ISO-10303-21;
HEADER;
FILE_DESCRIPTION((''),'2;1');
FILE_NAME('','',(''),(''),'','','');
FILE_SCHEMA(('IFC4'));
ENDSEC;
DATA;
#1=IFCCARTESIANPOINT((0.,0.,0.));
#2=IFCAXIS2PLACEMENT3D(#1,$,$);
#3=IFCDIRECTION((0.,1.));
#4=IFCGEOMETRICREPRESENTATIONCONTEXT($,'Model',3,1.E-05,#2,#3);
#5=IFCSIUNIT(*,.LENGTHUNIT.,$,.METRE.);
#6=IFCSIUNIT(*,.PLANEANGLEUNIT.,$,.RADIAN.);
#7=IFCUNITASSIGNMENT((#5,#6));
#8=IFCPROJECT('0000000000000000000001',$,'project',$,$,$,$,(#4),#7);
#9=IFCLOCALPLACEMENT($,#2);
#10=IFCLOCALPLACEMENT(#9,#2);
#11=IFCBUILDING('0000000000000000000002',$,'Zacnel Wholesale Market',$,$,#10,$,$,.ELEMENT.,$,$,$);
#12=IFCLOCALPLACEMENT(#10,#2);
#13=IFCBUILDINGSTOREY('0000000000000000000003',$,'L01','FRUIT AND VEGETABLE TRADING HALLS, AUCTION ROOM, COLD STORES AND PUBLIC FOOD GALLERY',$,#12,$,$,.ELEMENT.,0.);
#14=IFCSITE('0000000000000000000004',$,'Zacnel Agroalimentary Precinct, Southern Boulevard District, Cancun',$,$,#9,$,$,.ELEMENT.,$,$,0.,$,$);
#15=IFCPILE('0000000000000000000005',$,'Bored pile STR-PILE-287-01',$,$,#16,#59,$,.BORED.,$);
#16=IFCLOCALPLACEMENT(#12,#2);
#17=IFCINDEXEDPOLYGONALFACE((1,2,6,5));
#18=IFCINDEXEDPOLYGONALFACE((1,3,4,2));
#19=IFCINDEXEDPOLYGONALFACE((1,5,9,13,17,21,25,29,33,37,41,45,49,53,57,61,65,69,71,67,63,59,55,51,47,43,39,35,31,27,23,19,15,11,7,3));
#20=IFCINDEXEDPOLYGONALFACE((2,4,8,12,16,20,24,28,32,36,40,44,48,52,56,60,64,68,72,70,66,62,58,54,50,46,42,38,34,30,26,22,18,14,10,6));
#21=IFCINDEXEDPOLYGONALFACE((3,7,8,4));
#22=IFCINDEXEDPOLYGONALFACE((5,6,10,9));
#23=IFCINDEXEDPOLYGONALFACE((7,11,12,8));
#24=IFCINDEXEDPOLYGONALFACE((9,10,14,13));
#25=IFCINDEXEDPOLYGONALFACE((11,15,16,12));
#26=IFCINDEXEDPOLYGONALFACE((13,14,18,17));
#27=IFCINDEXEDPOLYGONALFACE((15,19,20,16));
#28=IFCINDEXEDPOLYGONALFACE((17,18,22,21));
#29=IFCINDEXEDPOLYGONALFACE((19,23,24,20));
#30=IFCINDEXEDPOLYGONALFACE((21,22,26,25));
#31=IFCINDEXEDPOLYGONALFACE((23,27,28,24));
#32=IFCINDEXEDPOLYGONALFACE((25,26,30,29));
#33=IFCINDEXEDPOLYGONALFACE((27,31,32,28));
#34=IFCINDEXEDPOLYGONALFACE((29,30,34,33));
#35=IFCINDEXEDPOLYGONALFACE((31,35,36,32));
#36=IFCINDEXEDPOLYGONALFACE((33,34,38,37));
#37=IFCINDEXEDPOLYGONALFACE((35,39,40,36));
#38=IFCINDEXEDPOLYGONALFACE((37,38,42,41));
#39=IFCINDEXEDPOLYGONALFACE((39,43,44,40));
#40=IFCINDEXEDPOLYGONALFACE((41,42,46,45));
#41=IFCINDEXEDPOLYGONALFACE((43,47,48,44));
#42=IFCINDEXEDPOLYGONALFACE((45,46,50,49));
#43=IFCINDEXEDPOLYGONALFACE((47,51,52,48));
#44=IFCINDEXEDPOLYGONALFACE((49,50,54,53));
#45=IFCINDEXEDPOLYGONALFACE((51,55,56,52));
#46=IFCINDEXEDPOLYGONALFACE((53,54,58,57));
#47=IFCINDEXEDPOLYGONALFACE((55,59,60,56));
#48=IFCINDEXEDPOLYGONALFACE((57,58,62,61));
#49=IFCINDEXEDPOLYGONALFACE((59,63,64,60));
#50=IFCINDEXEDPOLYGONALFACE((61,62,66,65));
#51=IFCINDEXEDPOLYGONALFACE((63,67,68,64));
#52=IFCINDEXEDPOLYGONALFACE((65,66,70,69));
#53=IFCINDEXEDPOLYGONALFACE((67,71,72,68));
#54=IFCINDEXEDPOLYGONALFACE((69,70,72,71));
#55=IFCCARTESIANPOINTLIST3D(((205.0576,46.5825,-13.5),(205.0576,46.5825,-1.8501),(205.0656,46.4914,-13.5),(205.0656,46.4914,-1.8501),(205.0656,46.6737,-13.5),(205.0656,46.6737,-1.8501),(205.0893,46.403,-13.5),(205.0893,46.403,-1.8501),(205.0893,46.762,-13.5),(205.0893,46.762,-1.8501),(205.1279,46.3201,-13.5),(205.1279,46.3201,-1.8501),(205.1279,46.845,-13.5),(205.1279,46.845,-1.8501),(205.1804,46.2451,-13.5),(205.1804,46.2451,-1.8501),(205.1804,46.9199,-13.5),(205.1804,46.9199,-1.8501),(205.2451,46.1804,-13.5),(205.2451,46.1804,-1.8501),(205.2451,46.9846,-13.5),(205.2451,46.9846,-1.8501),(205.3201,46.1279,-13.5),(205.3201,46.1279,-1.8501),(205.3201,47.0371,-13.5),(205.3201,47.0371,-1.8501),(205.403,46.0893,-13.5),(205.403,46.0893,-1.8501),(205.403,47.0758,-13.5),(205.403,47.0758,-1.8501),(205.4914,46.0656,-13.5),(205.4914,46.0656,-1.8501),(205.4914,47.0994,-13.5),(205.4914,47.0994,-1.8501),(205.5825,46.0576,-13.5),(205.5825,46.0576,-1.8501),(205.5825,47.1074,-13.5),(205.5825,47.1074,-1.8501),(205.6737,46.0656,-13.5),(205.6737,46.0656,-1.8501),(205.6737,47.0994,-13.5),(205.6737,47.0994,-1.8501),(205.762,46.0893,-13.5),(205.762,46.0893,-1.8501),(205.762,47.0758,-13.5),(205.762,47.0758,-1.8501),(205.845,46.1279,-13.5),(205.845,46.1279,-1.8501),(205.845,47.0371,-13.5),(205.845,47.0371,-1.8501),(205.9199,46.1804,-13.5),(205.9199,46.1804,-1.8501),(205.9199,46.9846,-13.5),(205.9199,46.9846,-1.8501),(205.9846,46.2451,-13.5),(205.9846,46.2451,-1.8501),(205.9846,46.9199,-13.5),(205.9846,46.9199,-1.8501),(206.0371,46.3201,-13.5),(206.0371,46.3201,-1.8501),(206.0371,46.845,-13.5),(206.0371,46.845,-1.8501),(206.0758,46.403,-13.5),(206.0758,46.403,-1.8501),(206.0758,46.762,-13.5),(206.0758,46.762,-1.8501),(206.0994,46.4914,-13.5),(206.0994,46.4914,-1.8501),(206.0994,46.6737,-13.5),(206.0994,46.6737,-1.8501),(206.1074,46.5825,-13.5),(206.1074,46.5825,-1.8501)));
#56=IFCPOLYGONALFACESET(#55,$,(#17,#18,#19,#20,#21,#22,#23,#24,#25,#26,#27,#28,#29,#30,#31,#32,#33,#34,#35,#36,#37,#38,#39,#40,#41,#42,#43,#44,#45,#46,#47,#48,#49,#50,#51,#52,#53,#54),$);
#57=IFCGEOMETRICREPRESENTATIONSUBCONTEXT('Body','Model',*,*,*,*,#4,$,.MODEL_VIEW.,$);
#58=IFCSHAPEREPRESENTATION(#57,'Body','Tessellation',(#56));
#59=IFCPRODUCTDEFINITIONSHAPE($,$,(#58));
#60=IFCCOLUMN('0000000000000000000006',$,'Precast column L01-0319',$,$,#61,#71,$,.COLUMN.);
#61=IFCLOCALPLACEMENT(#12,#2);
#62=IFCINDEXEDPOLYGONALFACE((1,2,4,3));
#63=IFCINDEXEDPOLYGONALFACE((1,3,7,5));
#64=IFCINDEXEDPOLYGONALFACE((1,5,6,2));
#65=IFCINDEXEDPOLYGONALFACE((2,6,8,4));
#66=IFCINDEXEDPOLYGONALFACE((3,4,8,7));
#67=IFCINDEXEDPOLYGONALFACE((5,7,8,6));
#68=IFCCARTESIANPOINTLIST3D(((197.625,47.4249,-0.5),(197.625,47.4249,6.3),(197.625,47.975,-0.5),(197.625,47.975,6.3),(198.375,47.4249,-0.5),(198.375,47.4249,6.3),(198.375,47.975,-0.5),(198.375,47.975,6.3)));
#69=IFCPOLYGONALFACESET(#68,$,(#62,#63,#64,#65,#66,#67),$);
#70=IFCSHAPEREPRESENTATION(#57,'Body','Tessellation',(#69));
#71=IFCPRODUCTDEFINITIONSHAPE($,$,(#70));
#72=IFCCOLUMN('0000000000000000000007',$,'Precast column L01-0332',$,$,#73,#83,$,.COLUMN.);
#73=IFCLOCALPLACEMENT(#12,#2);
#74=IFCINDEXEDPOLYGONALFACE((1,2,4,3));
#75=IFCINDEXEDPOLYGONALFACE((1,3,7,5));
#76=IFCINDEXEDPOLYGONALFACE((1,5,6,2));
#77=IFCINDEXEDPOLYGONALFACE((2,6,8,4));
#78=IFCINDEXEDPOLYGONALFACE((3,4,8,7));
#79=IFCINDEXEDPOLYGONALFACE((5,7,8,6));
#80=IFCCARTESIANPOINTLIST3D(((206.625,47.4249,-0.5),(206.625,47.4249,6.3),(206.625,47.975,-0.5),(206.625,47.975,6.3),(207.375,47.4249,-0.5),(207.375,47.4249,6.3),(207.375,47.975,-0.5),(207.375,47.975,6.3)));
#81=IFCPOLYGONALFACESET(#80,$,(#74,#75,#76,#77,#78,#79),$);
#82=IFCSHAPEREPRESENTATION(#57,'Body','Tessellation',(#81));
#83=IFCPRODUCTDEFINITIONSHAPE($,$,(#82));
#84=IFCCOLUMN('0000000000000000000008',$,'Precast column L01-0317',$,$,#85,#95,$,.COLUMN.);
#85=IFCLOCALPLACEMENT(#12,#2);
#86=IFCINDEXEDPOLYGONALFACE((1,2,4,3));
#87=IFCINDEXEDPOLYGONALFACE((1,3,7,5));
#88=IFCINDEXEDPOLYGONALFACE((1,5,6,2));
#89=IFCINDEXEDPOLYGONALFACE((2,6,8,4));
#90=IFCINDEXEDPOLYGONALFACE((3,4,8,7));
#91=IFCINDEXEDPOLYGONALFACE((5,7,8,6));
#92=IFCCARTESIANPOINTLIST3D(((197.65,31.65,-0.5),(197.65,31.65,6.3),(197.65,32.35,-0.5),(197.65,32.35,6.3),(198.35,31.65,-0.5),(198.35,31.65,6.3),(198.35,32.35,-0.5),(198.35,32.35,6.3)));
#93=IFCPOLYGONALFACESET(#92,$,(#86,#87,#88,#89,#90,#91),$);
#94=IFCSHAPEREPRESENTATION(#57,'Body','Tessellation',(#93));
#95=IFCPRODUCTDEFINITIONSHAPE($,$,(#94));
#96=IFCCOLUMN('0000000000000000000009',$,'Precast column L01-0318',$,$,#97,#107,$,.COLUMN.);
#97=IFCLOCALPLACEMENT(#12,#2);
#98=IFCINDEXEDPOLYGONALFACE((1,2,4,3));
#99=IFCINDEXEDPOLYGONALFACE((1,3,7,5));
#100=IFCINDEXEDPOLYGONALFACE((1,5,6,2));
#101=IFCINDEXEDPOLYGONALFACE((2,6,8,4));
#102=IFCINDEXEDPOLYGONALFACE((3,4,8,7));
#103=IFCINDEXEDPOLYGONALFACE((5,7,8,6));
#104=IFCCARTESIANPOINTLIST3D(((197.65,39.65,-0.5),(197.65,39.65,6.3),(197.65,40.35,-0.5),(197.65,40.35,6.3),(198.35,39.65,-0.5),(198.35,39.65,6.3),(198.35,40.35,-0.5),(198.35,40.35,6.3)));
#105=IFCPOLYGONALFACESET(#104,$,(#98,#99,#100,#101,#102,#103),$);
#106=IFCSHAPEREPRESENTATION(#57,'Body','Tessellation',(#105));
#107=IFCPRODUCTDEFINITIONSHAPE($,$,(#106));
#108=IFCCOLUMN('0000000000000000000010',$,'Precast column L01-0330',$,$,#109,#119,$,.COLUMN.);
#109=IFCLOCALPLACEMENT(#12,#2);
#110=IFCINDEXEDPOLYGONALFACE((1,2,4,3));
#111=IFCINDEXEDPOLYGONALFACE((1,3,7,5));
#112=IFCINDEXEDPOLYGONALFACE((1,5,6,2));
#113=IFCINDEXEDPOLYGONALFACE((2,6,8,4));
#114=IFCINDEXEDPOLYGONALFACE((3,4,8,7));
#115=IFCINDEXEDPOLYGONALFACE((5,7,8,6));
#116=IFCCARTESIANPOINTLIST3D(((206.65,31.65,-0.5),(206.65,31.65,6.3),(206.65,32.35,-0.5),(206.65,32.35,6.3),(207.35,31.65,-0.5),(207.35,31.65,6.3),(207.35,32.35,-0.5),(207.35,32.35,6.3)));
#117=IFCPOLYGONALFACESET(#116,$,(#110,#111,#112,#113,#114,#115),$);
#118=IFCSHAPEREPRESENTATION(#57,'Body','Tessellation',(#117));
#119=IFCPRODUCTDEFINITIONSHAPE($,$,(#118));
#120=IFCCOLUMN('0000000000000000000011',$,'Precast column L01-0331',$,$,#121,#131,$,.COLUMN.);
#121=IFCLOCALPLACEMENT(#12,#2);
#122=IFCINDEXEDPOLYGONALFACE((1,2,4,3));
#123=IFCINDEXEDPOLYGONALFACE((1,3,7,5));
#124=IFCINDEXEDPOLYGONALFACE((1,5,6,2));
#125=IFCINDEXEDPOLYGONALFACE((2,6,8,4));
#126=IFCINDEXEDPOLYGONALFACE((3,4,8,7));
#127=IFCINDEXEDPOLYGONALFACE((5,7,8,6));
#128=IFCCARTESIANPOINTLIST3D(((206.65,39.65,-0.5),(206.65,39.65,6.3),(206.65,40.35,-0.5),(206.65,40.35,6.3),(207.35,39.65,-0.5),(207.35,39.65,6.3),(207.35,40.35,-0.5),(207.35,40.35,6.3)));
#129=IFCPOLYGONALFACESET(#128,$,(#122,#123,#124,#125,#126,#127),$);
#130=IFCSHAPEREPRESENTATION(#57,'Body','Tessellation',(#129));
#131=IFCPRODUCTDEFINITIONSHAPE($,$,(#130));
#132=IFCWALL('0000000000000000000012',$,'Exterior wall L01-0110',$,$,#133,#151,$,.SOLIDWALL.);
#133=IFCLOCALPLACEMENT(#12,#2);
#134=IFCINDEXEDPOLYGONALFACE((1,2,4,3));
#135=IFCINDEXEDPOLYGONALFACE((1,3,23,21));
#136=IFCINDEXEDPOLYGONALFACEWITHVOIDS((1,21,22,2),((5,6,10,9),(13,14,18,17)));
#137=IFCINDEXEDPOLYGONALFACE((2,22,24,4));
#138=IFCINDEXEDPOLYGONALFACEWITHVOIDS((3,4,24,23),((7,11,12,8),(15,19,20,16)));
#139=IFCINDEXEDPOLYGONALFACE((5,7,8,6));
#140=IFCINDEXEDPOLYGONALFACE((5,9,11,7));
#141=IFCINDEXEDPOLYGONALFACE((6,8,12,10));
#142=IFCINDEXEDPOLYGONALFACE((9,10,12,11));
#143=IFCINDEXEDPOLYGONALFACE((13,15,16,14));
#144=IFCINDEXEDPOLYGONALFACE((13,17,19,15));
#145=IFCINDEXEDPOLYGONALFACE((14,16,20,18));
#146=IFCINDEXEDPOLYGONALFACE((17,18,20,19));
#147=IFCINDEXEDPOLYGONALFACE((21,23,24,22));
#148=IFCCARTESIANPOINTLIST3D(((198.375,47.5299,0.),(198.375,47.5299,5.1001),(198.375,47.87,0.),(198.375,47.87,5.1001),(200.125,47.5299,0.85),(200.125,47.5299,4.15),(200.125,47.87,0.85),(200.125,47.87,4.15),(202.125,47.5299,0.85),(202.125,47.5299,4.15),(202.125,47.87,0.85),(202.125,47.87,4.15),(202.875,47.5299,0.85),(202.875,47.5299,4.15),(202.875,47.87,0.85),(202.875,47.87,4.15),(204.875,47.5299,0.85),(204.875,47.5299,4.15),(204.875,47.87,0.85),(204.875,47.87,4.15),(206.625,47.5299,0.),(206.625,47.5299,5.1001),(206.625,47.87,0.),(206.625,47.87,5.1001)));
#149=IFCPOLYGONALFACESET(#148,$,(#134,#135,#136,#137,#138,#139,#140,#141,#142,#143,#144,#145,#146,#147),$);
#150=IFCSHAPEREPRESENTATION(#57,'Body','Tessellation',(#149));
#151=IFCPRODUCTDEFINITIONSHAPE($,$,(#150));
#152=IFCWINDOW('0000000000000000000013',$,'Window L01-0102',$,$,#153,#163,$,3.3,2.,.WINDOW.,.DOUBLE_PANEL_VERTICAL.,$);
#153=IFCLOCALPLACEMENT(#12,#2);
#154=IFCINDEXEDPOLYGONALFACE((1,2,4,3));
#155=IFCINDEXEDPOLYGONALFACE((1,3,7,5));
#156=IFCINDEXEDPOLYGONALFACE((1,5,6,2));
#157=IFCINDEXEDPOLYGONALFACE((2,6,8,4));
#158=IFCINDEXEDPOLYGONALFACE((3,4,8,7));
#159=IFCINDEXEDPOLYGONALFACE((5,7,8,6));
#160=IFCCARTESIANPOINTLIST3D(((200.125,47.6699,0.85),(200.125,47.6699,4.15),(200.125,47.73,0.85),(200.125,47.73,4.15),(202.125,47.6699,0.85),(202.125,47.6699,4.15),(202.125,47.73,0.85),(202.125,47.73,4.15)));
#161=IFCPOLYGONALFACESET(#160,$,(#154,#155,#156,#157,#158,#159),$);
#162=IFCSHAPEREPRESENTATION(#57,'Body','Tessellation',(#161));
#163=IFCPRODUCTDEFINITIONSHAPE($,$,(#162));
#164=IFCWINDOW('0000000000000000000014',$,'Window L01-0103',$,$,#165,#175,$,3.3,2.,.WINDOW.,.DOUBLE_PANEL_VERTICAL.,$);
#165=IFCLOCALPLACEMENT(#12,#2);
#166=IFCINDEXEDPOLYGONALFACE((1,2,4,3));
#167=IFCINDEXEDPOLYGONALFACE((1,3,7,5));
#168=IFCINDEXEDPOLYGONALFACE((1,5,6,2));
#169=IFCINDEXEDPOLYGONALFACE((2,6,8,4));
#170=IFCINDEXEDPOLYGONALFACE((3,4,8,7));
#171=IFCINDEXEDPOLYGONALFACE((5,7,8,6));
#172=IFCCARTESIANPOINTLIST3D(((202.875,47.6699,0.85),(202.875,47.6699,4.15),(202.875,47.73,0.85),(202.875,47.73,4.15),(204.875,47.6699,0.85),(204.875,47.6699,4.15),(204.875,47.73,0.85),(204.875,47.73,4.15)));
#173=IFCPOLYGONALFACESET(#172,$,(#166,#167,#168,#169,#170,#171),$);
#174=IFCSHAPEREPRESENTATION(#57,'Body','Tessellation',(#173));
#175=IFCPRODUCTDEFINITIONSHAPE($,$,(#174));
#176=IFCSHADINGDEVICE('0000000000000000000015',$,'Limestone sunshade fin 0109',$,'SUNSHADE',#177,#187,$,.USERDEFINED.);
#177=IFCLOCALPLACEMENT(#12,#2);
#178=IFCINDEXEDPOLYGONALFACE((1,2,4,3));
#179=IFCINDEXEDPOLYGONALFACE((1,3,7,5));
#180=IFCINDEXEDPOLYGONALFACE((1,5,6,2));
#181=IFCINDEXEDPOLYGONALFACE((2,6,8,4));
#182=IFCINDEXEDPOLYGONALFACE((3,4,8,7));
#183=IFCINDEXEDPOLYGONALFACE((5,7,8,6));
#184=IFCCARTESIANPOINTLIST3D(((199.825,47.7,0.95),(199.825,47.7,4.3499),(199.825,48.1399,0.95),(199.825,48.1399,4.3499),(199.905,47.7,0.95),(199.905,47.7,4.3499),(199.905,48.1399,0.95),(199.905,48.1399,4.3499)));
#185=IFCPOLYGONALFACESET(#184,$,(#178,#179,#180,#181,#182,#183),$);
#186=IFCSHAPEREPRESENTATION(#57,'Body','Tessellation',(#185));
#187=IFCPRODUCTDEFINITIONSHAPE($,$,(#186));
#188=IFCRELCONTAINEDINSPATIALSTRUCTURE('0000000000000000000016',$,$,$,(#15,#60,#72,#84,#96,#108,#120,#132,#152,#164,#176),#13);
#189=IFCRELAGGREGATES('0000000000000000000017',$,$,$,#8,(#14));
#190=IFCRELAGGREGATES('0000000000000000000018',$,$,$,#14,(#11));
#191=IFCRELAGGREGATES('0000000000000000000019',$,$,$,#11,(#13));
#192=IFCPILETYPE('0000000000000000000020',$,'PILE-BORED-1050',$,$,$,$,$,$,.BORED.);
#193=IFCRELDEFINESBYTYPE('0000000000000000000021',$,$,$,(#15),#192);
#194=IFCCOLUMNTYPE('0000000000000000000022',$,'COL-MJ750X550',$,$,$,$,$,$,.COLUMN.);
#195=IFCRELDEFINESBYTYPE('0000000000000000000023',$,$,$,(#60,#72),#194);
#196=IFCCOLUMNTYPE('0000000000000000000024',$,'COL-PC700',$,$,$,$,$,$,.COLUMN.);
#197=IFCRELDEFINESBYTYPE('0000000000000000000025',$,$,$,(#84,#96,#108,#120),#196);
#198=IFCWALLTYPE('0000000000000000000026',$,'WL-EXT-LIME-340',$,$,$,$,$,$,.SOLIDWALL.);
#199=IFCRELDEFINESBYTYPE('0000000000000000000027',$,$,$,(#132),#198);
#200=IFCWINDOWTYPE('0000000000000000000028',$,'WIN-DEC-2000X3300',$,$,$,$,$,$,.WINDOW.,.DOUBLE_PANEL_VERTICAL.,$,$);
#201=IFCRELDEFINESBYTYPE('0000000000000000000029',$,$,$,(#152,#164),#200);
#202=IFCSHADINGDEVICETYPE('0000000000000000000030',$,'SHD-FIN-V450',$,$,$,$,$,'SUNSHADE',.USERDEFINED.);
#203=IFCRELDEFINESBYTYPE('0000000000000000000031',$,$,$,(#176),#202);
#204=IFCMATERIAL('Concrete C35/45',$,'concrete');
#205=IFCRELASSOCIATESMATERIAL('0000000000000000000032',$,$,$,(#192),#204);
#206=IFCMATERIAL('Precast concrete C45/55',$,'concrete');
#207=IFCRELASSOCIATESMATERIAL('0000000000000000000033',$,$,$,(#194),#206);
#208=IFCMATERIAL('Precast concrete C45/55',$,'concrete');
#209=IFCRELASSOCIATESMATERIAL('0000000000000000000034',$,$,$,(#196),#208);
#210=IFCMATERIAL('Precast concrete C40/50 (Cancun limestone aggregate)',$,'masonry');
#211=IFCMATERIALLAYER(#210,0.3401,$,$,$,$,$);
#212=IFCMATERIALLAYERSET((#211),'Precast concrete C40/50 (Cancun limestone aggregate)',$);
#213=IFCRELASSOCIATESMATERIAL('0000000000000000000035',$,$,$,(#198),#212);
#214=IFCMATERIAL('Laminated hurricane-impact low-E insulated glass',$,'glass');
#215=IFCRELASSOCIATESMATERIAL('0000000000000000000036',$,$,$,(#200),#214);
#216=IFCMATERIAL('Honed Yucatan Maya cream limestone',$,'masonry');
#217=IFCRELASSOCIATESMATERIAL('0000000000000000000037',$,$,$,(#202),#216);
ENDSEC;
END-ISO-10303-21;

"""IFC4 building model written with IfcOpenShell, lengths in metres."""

from ifc_helpers import new_model, si_unit, direction, frame, frame_2d, origin, origin_2d, place, context, subcontext, project, spatial, rectangle, circle, extrude, material, layer, layer_set, material_profile, profile_set, type_object, element, fill, save


model = new_model("IFC4")

# Units and contexts
model_context = context("Model", 3, precision=1e-05, world=origin(), true_north=direction((0.0, 1.0)))
body_context = subcontext(model_context, "Body", "Model", "MODEL_VIEW")
ifc_project = project(units=[si_unit("LENGTHUNIT", "METRE"), si_unit("PLANEANGLEUNIT", "RADIAN")], contexts=[model_context])

# Site, building, storey
site_placement = place(None, origin())
site = spatial("IfcSite", under=ifc_project, at=site_placement, Name="Zacnel Agroalimentary Precinct, Southern Boulevard District, Cancun", CompositionType="ELEMENT", RefElevation=0.0)
building_placement = place(site_placement, origin())
building = spatial("IfcBuilding", under=site, at=building_placement, Name="Zacnel Wholesale Market", CompositionType="ELEMENT")
storey_placement = place(building_placement, origin())
storey = spatial("IfcBuildingStorey", under=building, at=storey_placement, Name="L01", Description="FRUIT AND VEGETABLE TRADING HALLS, AUCTION ROOM, COLD STORES AND PUBLIC FOOD GALLERY", CompositionType="ELEMENT", Elevation=0.0)

# Pile
ifc_material_1 = material(Name="Concrete C35/45", Category="concrete")
ifc_material_profile_1 = material_profile(ifc_material_1, circle(Radius=0.5249, at=origin_2d()), Name="BORED PILE D1050")
ifc_profile_set_1 = profile_set([ifc_material_profile_1], Name="Concrete C35/45")
pile_type = type_object("IfcPileType", Name="PILE-BORED-1050", PredefinedType="BORED", material=ifc_profile_set_1)
pile_placement = place(storey_placement, frame((205.5825, 46.5825, -1.8501), z_axis=(0.0, 0.0, -1.0), x_axis=(1.0, 0.0, 0.0)))
element("IfcPile", 1, at=pile_placement, inside=storey, type_object=pile_type, Name="Bored pile STR-PILE-287-01", PredefinedType="BORED", context=body_context, shape_type="SweptSolid", body=[
    extrude(circle(Radius=0.5249, at=origin_2d()), origin(), (0.0, 0.0, 1.0), 11.6499),
])

# Columns
ifc_material_2 = material(Name="Precast concrete C45/55", Category="concrete")
ifc_material_profile_2 = material_profile(ifc_material_2, rectangle(XDim=0.75, YDim=0.55, at=origin_2d()), Name="PC 750x550")
ifc_profile_set_2 = profile_set([ifc_material_profile_2], Name="Precast concrete C45/55")
column_type_1 = type_object("IfcColumnType", Name="COL-MJ750X550", PredefinedType="COLUMN", material=ifc_profile_set_2)
for number, where, z_axis, x_axis, name in (
    (2, (198.0, 47.7, -0.5), (0.0, 0.0, 1.0), (1.0, 0.0, 0.0), "Precast column L01-0319"),
    (3, (207.0, 47.7, -0.5), (0.0, 0.0, 1.0), (1.0, 0.0, 0.0), "Precast column L01-0332"),
):
    element("IfcColumn", number, at=place(storey_placement, frame(where, z_axis=z_axis, x_axis=x_axis)), inside=storey, type_object=column_type_1, Name=name, PredefinedType="COLUMN", context=body_context, shape_type="SweptSolid", body=[
        extrude(rectangle(XDim=0.75, YDim=0.55, at=origin_2d()), origin(), (0.0, 0.0, 1.0), 6.8),
    ])
ifc_material_3 = material(Name="Precast concrete C45/55", Category="concrete")
ifc_material_profile_3 = material_profile(ifc_material_3, rectangle(XDim=0.7, YDim=0.7, at=origin_2d()), Name="PC 700x700")
ifc_profile_set_3 = profile_set([ifc_material_profile_3], Name="Precast concrete C45/55")
column_type_2 = type_object("IfcColumnType", Name="COL-PC700", PredefinedType="COLUMN", material=ifc_profile_set_3)
for number, where, z_axis, x_axis, name in (
    (4, (198.0, 32.0, -0.5), (0.0, 0.0, 1.0), (1.0, 0.0, 0.0), "Precast column L01-0317"),
    (5, (198.0, 40.0, -0.5), (0.0, 0.0, 1.0), (1.0, 0.0, 0.0), "Precast column L01-0318"),
    (6, (207.0, 32.0, -0.5), (0.0, 0.0, 1.0), (1.0, 0.0, 0.0), "Precast column L01-0330"),
    (7, (207.0, 40.0, -0.5), (0.0, 0.0, 1.0), (1.0, 0.0, 0.0), "Precast column L01-0331"),
):
    element("IfcColumn", number, at=place(storey_placement, frame(where, z_axis=z_axis, x_axis=x_axis)), inside=storey, type_object=column_type_2, Name=name, PredefinedType="COLUMN", context=body_context, shape_type="SweptSolid", body=[
        extrude(rectangle(XDim=0.7, YDim=0.7, at=origin_2d()), origin(), (0.0, 0.0, 1.0), 6.8),
    ])

# Wall, openings, windows
ifc_material_4 = material(Name="Precast concrete C40/50 (Cancun limestone aggregate)", Category="masonry")
ifc_layer_1 = layer(ifc_material_4, 0.3401)
ifc_layer_set_1 = layer_set([ifc_layer_1], Name="Precast concrete C40/50 (Cancun limestone aggregate)")
wall_type = type_object("IfcWallType", Name="WL-EXT-LIME-340", PredefinedType="SOLIDWALL", material=ifc_layer_set_1)
wall_placement = place(storey_placement, frame((198.375, 47.7, 0.0), z_axis=(0.0, 0.0, 1.0), x_axis=(1.0, 0.0, 0.0)))
wall = element("IfcWall", 8, at=wall_placement, inside=storey, type_object=wall_type, Name="Exterior wall L01-0110", PredefinedType="SOLIDWALL", context=body_context, shape_type="SweptSolid", body=[
    extrude(rectangle(XDim=8.25, YDim=0.3401, at=frame_2d((4.125, 0.0))), origin(), (0.0, 0.0, 1.0), 5.1001),
])
opening_1_placement = place(wall_placement, frame((1.75, 0.0, 0.8501)))
opening_1 = element("IfcOpeningElement", 9, at=opening_1_placement, cuts=wall, PredefinedType="OPENING", context=body_context, shape_type="SweptSolid", body=[
    extrude(rectangle(XDim=2.0, YDim=3.3, at=frame_2d((1.0, 1.6499))), frame((0.0, 0.1799, 0.0), z_axis=(0.0, -1.0, 0.0), x_axis=(1.0, 0.0, 0.0)), (0.0, 0.0, 1.0), 0.3601),
])
opening_2_placement = place(wall_placement, frame((4.5, 0.0, 0.8501)))
opening_2 = element("IfcOpeningElement", 10, at=opening_2_placement, cuts=wall, PredefinedType="OPENING", context=body_context, shape_type="SweptSolid", body=[
    extrude(rectangle(XDim=2.0, YDim=3.3, at=frame_2d((1.0, 1.6499))), frame((0.0, 0.1799, 0.0), z_axis=(0.0, -1.0, 0.0), x_axis=(1.0, 0.0, 0.0)), (0.0, 0.0, 1.0), 0.3601),
])
ifc_material_5 = material(Name="Laminated hurricane-impact low-E insulated glass", Category="glass")
window_type = type_object("IfcWindowType", Name="WIN-DEC-2000X3300", PartitioningType="DOUBLE_PANEL_VERTICAL", PredefinedType="WINDOW", material=ifc_material_5)
window_1_placement = place(opening_1_placement, origin())
window_1 = element("IfcWindow", 11, at=window_1_placement, inside=storey, type_object=window_type, Name="Window L01-0102", OverallHeight=3.3, OverallWidth=2.0, PartitioningType="DOUBLE_PANEL_VERTICAL", PredefinedType="WINDOW", context=body_context, shape_type="SweptSolid", body=[
    extrude(rectangle(XDim=2.0, YDim=3.3, at=frame_2d((1.0, 1.6499))), frame((0.0, 0.03, 0.0), z_axis=(0.0, -1.0, 0.0), x_axis=(1.0, 0.0, 0.0)), (0.0, 0.0, 1.0), 0.0601),
])
fill(opening_1, window_1)
window_2_placement = place(opening_2_placement, origin())
window_2 = element("IfcWindow", 12, at=window_2_placement, inside=storey, type_object=window_type, Name="Window L01-0103", OverallHeight=3.3, OverallWidth=2.0, PartitioningType="DOUBLE_PANEL_VERTICAL", PredefinedType="WINDOW", context=body_context, shape_type="SweptSolid", body=[
    extrude(rectangle(XDim=2.0, YDim=3.3, at=frame_2d((1.0, 1.6499))), frame((0.0, 0.03, 0.0), z_axis=(0.0, -1.0, 0.0), x_axis=(1.0, 0.0, 0.0)), (0.0, 0.0, 1.0), 0.0601),
])
fill(opening_2, window_2)

# Shading device
ifc_material_6 = material(Name="Honed Yucatan Maya cream limestone", Category="masonry")
shading_device_type = type_object("IfcShadingDeviceType", Name="SHD-FIN-V450", ElementType="SUNSHADE", PredefinedType="USERDEFINED", material=ifc_material_6)
for number, where, z_axis, x_axis, name in (
    (13, (199.865, 47.9199, 0.95), (0.0, 0.0, 1.0), (1.0, 0.0, 0.0), "Limestone sunshade fin 0109"),
):
    element("IfcShadingDevice", number, at=place(storey_placement, frame(where, z_axis=z_axis, x_axis=x_axis)), inside=storey, type_object=shading_device_type, Name=name, ObjectType="SUNSHADE", PredefinedType="USERDEFINED", context=body_context, shape_type="SweptSolid", body=[
        extrude(rectangle(XDim=0.0801, YDim=0.4399, at=origin_2d()), origin(), (0.0, 0.0, 1.0), 3.3999),
    ])

save(model, "model.ifc")
